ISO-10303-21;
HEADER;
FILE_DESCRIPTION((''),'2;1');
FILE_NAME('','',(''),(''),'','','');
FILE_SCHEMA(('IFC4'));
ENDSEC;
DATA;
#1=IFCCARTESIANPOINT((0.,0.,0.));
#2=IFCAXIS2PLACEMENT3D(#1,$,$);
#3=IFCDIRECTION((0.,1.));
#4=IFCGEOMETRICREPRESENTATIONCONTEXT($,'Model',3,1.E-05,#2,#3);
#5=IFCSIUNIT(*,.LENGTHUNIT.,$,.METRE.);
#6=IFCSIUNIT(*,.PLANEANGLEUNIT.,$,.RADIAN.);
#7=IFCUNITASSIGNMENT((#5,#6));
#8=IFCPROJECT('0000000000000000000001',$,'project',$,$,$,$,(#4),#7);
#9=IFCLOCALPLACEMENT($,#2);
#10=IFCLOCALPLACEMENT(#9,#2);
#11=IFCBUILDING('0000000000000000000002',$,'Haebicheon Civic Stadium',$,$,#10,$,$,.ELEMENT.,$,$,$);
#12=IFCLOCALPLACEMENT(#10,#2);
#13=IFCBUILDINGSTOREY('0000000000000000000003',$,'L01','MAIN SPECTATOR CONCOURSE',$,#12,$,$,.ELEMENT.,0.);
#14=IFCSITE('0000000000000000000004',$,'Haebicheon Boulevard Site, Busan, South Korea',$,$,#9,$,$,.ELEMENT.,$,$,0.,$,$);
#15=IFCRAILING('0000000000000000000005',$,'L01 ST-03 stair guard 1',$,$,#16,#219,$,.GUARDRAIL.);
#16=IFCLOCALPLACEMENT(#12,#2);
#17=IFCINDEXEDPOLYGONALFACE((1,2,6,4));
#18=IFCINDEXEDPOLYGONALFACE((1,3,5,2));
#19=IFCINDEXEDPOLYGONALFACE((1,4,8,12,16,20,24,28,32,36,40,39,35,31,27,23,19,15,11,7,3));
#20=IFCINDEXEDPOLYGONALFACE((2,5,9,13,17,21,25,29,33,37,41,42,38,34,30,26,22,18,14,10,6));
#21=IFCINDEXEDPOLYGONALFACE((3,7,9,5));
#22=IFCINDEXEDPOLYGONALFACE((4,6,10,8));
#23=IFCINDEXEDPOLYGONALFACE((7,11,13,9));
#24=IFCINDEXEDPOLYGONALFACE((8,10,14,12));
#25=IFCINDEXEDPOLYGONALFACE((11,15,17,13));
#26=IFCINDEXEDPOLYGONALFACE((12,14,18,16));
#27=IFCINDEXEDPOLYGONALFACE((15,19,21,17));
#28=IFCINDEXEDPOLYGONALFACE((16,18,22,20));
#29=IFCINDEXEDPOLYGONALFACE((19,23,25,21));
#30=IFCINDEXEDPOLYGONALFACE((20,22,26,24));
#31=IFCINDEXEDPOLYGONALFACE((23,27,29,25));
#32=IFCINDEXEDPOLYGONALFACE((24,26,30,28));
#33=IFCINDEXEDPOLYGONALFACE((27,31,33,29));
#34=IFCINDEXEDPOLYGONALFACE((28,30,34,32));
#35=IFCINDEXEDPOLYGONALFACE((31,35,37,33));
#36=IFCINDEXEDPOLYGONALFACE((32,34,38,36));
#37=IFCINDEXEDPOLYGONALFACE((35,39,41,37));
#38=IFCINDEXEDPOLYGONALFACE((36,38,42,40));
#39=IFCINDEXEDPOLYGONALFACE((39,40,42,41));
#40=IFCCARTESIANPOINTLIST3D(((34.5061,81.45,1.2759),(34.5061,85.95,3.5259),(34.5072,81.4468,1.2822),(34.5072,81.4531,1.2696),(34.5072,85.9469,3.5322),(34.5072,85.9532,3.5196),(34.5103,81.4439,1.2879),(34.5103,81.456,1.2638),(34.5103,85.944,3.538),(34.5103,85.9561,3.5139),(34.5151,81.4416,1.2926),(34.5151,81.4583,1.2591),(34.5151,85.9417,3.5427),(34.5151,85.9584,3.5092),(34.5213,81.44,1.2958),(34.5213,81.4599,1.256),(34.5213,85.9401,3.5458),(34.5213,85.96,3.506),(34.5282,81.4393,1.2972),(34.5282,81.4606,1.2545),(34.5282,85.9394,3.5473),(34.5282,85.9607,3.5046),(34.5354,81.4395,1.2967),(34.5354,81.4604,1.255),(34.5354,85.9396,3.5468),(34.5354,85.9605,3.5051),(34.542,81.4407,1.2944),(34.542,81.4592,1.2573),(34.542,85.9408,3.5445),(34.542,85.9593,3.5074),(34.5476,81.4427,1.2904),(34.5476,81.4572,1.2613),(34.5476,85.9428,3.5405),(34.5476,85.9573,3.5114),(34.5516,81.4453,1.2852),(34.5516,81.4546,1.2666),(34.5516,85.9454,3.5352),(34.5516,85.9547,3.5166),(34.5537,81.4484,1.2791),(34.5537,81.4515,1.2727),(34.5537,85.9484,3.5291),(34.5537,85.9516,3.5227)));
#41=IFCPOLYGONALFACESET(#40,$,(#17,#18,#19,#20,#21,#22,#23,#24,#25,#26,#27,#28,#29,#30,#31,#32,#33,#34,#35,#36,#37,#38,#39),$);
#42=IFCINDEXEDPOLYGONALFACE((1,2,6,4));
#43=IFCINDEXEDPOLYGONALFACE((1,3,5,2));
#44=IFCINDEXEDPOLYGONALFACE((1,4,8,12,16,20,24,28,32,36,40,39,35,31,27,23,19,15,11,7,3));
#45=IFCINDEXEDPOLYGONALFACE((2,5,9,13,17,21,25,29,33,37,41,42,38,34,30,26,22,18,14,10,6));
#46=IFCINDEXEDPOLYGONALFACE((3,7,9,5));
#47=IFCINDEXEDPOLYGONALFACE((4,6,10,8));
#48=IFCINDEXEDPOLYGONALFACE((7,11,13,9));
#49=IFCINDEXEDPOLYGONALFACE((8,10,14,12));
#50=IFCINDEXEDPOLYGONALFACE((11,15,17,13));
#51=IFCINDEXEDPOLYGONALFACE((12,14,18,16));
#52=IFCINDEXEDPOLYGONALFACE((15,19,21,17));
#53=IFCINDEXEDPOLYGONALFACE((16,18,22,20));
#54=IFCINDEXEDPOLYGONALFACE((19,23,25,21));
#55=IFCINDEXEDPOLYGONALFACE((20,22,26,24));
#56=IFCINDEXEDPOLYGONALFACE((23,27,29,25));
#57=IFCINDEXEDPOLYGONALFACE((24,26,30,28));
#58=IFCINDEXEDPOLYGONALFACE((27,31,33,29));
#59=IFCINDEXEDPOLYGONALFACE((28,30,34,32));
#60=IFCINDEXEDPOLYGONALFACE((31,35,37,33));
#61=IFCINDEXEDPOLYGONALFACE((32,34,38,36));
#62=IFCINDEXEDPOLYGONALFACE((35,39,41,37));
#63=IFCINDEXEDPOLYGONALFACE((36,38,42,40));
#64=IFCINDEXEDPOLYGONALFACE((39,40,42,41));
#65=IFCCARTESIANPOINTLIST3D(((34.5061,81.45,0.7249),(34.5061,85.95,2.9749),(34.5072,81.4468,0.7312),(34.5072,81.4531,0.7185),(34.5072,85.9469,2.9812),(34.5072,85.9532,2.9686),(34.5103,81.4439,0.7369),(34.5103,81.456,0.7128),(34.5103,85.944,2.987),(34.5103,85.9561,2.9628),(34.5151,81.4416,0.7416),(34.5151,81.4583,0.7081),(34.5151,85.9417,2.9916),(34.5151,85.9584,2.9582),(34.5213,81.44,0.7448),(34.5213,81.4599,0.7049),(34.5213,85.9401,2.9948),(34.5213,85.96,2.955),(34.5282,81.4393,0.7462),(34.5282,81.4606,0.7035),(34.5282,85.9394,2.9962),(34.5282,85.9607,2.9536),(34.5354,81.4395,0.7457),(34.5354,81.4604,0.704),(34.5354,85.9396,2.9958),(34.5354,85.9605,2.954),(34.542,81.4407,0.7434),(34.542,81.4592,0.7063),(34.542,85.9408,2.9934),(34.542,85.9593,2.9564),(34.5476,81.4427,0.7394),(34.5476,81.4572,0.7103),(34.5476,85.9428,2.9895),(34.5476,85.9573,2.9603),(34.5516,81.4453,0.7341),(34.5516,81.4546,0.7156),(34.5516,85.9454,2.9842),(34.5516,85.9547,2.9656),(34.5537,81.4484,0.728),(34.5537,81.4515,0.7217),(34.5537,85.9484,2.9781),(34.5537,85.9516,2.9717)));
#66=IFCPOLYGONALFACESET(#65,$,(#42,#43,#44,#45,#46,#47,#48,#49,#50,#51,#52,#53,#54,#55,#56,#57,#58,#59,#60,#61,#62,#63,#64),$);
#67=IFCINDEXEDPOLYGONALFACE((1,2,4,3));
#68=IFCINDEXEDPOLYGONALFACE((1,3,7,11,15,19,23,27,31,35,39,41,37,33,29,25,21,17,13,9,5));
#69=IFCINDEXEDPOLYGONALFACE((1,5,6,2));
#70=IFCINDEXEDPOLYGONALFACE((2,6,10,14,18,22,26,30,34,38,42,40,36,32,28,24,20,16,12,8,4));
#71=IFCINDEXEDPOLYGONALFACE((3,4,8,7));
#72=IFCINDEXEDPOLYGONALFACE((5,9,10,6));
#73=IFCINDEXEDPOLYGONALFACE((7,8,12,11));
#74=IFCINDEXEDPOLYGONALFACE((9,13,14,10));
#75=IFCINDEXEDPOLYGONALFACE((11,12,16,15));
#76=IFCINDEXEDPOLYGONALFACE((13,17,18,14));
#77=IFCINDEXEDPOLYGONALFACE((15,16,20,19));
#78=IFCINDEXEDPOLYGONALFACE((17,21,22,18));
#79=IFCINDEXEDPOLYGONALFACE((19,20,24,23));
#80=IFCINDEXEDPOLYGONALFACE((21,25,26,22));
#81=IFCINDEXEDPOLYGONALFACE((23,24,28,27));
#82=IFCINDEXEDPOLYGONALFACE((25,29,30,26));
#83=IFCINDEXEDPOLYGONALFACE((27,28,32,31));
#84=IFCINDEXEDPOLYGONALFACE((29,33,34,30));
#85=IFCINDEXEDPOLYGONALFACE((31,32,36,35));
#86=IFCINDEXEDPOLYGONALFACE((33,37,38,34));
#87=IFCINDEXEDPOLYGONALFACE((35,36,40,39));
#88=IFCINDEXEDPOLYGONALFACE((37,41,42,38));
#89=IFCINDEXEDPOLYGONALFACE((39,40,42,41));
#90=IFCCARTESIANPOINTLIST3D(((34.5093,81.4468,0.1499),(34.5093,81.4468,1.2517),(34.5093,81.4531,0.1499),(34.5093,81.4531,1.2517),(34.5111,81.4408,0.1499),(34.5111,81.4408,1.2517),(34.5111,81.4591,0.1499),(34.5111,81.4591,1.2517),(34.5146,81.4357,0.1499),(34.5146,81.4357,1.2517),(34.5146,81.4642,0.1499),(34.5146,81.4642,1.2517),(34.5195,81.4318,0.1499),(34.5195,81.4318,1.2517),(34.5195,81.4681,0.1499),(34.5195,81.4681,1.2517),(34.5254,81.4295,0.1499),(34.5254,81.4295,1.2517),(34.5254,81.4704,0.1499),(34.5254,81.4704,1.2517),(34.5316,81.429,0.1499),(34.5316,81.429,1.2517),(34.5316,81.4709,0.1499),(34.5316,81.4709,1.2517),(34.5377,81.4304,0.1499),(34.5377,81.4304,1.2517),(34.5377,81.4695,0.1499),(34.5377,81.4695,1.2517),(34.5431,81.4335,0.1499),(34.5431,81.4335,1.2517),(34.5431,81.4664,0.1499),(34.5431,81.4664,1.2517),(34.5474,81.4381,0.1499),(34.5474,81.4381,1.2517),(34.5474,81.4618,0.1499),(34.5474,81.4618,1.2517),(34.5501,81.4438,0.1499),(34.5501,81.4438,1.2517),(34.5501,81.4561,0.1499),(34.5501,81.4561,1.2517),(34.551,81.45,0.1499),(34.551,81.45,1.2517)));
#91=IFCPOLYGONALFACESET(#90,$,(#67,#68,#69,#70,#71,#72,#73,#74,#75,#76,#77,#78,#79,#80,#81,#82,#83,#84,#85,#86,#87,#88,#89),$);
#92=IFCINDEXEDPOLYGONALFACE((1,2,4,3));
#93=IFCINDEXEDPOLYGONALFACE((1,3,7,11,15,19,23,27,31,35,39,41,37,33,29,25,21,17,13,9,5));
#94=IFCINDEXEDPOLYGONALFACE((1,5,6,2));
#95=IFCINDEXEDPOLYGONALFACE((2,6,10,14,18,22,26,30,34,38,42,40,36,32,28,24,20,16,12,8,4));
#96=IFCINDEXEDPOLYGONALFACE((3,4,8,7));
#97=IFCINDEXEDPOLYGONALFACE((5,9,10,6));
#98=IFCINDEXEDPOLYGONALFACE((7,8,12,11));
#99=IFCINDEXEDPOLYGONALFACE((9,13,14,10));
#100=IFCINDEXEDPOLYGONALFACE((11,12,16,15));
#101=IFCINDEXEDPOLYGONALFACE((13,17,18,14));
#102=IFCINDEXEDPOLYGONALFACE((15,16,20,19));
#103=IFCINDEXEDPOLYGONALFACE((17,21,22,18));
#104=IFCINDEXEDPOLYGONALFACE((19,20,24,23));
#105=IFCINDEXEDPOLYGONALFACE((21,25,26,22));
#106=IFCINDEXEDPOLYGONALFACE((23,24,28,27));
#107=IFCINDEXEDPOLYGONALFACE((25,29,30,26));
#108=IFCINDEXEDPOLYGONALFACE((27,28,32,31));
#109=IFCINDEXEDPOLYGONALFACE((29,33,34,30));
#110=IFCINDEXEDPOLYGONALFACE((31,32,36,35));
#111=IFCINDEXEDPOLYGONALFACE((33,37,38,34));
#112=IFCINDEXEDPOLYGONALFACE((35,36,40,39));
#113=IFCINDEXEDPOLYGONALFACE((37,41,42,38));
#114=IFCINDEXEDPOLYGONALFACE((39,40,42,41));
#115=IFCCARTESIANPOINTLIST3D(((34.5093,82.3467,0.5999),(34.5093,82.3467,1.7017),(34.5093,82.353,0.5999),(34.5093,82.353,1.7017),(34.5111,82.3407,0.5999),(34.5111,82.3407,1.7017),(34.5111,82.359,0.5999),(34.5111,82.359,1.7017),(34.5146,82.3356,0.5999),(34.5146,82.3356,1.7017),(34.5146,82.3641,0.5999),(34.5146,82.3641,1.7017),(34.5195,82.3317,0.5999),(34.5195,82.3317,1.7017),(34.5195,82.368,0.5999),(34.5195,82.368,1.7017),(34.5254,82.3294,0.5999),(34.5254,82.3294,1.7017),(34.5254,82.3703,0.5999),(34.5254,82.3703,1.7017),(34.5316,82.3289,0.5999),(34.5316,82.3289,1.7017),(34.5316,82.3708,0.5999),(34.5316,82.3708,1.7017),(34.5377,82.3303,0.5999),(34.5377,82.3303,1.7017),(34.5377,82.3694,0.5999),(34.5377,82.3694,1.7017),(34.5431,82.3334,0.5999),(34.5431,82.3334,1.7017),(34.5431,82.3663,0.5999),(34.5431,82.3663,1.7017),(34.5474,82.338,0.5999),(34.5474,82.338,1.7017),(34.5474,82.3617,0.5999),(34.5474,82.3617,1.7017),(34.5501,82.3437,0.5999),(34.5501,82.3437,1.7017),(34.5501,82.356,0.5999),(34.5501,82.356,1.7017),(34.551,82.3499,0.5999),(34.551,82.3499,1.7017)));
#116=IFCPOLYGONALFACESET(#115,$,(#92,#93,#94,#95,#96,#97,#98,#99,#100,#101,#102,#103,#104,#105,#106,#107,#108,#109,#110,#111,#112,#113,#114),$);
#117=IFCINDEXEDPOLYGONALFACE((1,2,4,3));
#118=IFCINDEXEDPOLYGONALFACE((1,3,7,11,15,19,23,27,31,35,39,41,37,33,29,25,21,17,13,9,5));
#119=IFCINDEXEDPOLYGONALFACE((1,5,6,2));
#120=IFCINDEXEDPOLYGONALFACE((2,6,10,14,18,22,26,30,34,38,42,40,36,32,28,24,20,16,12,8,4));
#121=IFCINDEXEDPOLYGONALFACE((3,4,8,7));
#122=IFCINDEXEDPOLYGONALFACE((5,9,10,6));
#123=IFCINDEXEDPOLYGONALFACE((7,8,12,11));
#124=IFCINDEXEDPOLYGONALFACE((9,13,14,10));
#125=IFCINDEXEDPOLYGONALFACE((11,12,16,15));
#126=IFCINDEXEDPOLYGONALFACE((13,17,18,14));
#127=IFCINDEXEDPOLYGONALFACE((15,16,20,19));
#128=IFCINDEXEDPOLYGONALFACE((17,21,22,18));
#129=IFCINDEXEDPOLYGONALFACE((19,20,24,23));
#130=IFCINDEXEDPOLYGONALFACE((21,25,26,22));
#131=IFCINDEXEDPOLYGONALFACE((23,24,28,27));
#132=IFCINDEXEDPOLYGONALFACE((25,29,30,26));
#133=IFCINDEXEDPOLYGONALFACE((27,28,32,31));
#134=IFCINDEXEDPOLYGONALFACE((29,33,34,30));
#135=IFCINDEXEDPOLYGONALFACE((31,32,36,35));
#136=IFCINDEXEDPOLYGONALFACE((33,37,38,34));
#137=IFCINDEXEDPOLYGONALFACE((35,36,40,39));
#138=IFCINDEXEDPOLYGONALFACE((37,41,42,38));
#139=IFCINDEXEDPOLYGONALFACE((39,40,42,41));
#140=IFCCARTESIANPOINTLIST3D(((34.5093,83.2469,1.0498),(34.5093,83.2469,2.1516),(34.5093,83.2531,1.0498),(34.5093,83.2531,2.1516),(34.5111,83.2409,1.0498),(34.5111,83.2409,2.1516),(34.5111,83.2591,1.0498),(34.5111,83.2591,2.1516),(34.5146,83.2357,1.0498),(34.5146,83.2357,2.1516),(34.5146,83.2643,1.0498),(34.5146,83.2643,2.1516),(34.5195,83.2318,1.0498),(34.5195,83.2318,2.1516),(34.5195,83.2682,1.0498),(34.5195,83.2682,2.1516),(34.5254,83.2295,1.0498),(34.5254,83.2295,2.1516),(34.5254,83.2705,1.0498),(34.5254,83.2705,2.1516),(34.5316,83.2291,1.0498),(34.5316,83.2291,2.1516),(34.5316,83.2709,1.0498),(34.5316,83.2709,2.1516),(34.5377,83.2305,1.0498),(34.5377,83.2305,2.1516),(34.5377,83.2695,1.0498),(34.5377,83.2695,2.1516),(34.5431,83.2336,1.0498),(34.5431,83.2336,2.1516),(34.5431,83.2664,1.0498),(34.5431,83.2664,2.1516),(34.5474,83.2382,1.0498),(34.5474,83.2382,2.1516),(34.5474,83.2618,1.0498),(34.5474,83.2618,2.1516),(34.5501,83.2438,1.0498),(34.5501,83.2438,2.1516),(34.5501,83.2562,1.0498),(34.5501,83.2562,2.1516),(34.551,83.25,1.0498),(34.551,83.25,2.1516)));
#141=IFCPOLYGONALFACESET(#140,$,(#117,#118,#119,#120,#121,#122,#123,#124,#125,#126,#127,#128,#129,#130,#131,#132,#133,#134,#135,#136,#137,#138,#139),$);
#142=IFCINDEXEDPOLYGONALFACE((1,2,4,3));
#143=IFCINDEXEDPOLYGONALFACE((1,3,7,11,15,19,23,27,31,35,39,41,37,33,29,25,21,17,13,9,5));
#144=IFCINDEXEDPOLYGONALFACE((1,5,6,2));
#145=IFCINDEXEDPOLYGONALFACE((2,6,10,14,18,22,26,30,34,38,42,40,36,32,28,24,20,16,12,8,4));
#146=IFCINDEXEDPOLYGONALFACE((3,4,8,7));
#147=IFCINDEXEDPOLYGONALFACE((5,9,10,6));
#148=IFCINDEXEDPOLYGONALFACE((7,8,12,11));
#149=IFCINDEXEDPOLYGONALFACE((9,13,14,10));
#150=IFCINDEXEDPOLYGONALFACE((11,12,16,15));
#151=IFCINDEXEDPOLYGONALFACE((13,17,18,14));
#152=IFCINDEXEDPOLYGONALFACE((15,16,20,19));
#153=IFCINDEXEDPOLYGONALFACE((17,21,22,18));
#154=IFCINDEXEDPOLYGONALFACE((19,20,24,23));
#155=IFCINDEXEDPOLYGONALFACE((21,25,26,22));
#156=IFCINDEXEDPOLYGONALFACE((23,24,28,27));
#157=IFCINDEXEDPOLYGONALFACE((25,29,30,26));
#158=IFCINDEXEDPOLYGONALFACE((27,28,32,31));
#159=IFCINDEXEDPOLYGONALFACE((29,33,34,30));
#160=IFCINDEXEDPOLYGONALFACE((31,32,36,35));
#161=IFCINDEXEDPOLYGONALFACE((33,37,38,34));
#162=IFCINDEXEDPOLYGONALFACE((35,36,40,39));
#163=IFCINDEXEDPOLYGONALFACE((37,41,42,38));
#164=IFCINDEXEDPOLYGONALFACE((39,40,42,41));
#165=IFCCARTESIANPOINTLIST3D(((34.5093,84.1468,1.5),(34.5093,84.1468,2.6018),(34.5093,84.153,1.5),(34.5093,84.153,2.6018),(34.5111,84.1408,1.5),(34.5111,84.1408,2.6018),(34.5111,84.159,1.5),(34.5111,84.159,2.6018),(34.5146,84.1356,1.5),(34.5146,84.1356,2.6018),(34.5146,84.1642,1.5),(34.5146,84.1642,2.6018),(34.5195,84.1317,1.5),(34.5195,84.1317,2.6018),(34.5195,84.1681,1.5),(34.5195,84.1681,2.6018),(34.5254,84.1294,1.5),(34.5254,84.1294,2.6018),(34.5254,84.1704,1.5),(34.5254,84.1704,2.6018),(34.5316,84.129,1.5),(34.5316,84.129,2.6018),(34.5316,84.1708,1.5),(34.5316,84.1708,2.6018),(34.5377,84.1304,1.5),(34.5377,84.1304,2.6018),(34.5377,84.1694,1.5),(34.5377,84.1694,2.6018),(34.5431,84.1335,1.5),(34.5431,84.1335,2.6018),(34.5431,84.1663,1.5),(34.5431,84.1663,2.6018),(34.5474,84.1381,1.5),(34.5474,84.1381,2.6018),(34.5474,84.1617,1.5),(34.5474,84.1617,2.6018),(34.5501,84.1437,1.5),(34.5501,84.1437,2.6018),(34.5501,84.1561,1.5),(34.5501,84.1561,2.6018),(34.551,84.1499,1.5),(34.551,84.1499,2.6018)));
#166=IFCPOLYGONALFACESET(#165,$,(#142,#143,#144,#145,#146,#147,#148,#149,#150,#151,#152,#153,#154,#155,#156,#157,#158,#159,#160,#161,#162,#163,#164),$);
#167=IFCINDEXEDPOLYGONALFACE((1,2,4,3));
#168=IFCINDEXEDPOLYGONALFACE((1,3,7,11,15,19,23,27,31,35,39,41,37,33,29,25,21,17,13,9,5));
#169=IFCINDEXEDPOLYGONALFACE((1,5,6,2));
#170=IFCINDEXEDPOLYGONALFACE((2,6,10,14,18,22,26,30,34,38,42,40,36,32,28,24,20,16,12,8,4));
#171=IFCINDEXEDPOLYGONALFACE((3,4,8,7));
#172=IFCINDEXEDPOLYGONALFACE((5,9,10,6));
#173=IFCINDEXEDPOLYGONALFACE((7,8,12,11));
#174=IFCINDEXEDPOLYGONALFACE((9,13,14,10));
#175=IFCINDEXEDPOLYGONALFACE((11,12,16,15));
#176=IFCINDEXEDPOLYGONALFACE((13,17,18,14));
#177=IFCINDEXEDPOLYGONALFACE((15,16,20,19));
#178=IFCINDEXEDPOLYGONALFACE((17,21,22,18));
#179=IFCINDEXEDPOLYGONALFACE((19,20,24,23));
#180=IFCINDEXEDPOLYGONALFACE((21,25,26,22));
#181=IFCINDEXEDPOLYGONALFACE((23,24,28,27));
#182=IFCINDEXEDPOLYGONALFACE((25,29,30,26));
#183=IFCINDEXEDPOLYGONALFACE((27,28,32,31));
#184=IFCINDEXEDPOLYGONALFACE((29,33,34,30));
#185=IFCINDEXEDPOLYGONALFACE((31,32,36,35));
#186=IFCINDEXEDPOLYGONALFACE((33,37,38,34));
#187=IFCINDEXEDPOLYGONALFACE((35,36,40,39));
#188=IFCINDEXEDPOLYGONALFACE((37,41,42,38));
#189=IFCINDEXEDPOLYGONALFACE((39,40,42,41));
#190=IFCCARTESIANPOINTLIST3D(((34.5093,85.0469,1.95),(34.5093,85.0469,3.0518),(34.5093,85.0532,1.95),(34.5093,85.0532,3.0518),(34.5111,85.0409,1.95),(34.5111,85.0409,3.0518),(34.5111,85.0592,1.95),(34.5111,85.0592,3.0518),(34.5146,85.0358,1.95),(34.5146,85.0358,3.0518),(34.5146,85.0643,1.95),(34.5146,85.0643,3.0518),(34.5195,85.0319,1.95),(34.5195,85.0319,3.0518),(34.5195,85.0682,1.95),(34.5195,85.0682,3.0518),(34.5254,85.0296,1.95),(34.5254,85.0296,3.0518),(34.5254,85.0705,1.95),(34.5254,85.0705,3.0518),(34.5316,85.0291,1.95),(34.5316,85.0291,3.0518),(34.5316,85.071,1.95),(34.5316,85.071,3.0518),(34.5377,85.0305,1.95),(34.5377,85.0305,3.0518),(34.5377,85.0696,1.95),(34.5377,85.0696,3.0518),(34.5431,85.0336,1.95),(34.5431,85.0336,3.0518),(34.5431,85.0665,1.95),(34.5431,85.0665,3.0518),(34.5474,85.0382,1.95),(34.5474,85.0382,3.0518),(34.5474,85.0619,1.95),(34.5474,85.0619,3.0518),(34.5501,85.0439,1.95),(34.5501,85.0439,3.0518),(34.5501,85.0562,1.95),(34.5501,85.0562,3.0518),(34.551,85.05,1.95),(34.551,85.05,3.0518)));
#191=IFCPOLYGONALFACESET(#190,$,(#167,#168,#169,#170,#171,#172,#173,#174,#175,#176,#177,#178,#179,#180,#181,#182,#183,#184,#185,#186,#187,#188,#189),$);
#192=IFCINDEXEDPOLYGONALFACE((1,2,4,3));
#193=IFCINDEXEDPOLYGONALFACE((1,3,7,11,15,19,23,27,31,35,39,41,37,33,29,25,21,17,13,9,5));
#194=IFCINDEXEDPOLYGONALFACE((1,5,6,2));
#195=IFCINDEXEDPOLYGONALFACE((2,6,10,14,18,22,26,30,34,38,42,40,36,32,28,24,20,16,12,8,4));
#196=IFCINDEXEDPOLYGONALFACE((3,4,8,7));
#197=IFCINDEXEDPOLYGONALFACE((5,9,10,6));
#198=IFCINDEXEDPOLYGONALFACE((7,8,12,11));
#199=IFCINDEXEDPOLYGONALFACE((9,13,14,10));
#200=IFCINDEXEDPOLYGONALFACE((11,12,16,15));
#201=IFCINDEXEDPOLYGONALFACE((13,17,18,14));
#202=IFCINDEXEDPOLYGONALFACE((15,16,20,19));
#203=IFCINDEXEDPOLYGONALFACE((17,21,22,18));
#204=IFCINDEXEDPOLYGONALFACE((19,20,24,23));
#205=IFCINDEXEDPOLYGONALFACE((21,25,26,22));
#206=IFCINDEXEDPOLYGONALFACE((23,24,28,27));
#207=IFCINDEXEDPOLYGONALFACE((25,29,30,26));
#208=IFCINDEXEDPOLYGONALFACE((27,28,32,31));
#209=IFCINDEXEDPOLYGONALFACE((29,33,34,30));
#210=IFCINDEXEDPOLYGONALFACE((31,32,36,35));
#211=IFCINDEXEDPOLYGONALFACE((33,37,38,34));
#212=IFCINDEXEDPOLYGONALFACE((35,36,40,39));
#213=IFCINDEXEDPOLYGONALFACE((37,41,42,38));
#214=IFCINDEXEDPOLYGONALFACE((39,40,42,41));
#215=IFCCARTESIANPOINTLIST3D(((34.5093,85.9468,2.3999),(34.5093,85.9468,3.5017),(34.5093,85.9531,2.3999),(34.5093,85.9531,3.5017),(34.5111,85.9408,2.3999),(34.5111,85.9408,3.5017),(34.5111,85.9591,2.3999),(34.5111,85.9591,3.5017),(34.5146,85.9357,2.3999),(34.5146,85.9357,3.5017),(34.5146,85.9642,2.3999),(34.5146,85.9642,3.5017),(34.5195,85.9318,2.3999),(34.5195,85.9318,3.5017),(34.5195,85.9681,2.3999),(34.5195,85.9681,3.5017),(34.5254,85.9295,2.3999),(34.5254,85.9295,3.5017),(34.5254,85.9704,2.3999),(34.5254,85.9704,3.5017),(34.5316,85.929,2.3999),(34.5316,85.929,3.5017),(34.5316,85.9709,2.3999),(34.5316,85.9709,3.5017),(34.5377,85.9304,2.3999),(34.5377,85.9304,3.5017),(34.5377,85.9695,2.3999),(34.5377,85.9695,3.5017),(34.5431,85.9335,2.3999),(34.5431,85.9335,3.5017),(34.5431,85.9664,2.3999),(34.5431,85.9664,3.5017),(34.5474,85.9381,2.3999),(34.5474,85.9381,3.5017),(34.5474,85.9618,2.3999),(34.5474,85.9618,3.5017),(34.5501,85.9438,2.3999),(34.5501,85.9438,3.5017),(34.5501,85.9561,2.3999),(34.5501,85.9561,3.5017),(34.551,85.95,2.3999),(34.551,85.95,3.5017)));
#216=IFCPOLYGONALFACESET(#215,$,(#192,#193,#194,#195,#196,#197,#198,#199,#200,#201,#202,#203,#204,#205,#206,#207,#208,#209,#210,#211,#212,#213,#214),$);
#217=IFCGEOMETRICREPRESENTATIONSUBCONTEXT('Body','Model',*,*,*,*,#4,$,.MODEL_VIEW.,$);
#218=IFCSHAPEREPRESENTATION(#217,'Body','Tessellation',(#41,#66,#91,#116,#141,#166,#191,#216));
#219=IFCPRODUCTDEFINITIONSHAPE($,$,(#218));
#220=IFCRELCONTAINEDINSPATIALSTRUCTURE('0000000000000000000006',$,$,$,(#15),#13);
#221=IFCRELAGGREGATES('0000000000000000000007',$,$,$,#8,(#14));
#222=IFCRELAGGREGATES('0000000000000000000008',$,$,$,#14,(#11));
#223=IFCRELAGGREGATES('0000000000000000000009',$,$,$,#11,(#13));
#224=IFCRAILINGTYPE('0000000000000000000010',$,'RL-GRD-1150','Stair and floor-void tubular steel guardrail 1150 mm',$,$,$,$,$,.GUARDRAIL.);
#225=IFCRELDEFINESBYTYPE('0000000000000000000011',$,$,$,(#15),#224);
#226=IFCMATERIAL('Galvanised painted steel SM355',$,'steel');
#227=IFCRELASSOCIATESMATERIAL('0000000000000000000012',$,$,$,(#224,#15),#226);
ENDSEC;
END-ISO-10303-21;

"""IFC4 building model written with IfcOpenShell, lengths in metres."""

from ifc_helpers import new_model, si_unit, direction, frame, origin, origin_2d, place, context, subcontext, project, spatial, circle, extrude, material, type_object, element, save


model = new_model("IFC4")

# Units and contexts
model_context = context("Model", 3, precision=1e-05, world=origin(), true_north=direction((0.0, 1.0)))
body_context = subcontext(model_context, "Body", "Model", "MODEL_VIEW")
ifc_project = project(units=[si_unit("LENGTHUNIT", "METRE"), si_unit("PLANEANGLEUNIT", "RADIAN")], contexts=[model_context])

# Site, building, storey
site_placement = place(None, origin())
site = spatial("IfcSite", under=ifc_project, at=site_placement, Name="Haebicheon Boulevard Site, Busan, South Korea", CompositionType="ELEMENT", RefElevation=0.0)
building_placement = place(site_placement, origin())
building = spatial("IfcBuilding", under=site, at=building_placement, Name="Haebicheon Civic Stadium", CompositionType="ELEMENT")
storey_placement = place(building_placement, origin())
storey = spatial("IfcBuildingStorey", under=building, at=storey_placement, Name="L01", Description="MAIN SPECTATOR CONCOURSE", CompositionType="ELEMENT", Elevation=0.0)

# Railing
ifc_material_1 = material(Name="Galvanised painted steel SM355", Category="steel")
railing_type = type_object("IfcRailingType", Name="RL-GRD-1150", Description="Stair and floor-void tubular steel guardrail 1150 mm", PredefinedType="GUARDRAIL", material=ifc_material_1)
railing_1_placement = place(storey_placement, frame((34.53, 81.45, 0.1499)))
element("IfcRailing", 1, at=railing_1_placement, inside=storey, type_object=railing_type, material=ifc_material_1, Name="L01 ST-03 stair guard 1", PredefinedType="GUARDRAIL", context=body_context, shape_type="SweptSolid", body=[
    extrude(circle(Radius=0.0239, at=origin_2d()), frame((0.0, 0.0, 1.126), z_axis=(0.0, 0.894427, 0.447214), x_axis=(-1.0, 0.0, 0.0)), (0.0, 0.0, 1.0), 5.0312),
    extrude(circle(Radius=0.0239, at=origin_2d()), frame((0.0, 0.0, 0.575), z_axis=(0.0, 0.894427, 0.447214), x_axis=(-1.0, 0.0, 0.0)), (0.0, 0.0, 1.0), 5.0312),
    extrude(circle(Radius=0.021, at=origin_2d()), origin(), (0.0, 0.0, 1.0), 1.1018),
    extrude(circle(Radius=0.021, at=origin_2d()), frame((0.0, 0.8999, 0.45)), (0.0, 0.0, 1.0), 1.1018),
    extrude(circle(Radius=0.021, at=origin_2d()), frame((0.0, 1.8, 0.8999)), (0.0, 0.0, 1.0), 1.1018),
    extrude(circle(Radius=0.021, at=origin_2d()), frame((0.0, 2.7, 1.3501)), (0.0, 0.0, 1.0), 1.1018),
    extrude(circle(Radius=0.021, at=origin_2d()), frame((0.0, 3.6001, 1.8)), (0.0, 0.0, 1.0), 1.1018),
    extrude(circle(Radius=0.021, at=origin_2d()), frame((0.0, 4.5, 2.25)), (0.0, 0.0, 1.0), 1.1018),
])

save(model, "model.ifc")
